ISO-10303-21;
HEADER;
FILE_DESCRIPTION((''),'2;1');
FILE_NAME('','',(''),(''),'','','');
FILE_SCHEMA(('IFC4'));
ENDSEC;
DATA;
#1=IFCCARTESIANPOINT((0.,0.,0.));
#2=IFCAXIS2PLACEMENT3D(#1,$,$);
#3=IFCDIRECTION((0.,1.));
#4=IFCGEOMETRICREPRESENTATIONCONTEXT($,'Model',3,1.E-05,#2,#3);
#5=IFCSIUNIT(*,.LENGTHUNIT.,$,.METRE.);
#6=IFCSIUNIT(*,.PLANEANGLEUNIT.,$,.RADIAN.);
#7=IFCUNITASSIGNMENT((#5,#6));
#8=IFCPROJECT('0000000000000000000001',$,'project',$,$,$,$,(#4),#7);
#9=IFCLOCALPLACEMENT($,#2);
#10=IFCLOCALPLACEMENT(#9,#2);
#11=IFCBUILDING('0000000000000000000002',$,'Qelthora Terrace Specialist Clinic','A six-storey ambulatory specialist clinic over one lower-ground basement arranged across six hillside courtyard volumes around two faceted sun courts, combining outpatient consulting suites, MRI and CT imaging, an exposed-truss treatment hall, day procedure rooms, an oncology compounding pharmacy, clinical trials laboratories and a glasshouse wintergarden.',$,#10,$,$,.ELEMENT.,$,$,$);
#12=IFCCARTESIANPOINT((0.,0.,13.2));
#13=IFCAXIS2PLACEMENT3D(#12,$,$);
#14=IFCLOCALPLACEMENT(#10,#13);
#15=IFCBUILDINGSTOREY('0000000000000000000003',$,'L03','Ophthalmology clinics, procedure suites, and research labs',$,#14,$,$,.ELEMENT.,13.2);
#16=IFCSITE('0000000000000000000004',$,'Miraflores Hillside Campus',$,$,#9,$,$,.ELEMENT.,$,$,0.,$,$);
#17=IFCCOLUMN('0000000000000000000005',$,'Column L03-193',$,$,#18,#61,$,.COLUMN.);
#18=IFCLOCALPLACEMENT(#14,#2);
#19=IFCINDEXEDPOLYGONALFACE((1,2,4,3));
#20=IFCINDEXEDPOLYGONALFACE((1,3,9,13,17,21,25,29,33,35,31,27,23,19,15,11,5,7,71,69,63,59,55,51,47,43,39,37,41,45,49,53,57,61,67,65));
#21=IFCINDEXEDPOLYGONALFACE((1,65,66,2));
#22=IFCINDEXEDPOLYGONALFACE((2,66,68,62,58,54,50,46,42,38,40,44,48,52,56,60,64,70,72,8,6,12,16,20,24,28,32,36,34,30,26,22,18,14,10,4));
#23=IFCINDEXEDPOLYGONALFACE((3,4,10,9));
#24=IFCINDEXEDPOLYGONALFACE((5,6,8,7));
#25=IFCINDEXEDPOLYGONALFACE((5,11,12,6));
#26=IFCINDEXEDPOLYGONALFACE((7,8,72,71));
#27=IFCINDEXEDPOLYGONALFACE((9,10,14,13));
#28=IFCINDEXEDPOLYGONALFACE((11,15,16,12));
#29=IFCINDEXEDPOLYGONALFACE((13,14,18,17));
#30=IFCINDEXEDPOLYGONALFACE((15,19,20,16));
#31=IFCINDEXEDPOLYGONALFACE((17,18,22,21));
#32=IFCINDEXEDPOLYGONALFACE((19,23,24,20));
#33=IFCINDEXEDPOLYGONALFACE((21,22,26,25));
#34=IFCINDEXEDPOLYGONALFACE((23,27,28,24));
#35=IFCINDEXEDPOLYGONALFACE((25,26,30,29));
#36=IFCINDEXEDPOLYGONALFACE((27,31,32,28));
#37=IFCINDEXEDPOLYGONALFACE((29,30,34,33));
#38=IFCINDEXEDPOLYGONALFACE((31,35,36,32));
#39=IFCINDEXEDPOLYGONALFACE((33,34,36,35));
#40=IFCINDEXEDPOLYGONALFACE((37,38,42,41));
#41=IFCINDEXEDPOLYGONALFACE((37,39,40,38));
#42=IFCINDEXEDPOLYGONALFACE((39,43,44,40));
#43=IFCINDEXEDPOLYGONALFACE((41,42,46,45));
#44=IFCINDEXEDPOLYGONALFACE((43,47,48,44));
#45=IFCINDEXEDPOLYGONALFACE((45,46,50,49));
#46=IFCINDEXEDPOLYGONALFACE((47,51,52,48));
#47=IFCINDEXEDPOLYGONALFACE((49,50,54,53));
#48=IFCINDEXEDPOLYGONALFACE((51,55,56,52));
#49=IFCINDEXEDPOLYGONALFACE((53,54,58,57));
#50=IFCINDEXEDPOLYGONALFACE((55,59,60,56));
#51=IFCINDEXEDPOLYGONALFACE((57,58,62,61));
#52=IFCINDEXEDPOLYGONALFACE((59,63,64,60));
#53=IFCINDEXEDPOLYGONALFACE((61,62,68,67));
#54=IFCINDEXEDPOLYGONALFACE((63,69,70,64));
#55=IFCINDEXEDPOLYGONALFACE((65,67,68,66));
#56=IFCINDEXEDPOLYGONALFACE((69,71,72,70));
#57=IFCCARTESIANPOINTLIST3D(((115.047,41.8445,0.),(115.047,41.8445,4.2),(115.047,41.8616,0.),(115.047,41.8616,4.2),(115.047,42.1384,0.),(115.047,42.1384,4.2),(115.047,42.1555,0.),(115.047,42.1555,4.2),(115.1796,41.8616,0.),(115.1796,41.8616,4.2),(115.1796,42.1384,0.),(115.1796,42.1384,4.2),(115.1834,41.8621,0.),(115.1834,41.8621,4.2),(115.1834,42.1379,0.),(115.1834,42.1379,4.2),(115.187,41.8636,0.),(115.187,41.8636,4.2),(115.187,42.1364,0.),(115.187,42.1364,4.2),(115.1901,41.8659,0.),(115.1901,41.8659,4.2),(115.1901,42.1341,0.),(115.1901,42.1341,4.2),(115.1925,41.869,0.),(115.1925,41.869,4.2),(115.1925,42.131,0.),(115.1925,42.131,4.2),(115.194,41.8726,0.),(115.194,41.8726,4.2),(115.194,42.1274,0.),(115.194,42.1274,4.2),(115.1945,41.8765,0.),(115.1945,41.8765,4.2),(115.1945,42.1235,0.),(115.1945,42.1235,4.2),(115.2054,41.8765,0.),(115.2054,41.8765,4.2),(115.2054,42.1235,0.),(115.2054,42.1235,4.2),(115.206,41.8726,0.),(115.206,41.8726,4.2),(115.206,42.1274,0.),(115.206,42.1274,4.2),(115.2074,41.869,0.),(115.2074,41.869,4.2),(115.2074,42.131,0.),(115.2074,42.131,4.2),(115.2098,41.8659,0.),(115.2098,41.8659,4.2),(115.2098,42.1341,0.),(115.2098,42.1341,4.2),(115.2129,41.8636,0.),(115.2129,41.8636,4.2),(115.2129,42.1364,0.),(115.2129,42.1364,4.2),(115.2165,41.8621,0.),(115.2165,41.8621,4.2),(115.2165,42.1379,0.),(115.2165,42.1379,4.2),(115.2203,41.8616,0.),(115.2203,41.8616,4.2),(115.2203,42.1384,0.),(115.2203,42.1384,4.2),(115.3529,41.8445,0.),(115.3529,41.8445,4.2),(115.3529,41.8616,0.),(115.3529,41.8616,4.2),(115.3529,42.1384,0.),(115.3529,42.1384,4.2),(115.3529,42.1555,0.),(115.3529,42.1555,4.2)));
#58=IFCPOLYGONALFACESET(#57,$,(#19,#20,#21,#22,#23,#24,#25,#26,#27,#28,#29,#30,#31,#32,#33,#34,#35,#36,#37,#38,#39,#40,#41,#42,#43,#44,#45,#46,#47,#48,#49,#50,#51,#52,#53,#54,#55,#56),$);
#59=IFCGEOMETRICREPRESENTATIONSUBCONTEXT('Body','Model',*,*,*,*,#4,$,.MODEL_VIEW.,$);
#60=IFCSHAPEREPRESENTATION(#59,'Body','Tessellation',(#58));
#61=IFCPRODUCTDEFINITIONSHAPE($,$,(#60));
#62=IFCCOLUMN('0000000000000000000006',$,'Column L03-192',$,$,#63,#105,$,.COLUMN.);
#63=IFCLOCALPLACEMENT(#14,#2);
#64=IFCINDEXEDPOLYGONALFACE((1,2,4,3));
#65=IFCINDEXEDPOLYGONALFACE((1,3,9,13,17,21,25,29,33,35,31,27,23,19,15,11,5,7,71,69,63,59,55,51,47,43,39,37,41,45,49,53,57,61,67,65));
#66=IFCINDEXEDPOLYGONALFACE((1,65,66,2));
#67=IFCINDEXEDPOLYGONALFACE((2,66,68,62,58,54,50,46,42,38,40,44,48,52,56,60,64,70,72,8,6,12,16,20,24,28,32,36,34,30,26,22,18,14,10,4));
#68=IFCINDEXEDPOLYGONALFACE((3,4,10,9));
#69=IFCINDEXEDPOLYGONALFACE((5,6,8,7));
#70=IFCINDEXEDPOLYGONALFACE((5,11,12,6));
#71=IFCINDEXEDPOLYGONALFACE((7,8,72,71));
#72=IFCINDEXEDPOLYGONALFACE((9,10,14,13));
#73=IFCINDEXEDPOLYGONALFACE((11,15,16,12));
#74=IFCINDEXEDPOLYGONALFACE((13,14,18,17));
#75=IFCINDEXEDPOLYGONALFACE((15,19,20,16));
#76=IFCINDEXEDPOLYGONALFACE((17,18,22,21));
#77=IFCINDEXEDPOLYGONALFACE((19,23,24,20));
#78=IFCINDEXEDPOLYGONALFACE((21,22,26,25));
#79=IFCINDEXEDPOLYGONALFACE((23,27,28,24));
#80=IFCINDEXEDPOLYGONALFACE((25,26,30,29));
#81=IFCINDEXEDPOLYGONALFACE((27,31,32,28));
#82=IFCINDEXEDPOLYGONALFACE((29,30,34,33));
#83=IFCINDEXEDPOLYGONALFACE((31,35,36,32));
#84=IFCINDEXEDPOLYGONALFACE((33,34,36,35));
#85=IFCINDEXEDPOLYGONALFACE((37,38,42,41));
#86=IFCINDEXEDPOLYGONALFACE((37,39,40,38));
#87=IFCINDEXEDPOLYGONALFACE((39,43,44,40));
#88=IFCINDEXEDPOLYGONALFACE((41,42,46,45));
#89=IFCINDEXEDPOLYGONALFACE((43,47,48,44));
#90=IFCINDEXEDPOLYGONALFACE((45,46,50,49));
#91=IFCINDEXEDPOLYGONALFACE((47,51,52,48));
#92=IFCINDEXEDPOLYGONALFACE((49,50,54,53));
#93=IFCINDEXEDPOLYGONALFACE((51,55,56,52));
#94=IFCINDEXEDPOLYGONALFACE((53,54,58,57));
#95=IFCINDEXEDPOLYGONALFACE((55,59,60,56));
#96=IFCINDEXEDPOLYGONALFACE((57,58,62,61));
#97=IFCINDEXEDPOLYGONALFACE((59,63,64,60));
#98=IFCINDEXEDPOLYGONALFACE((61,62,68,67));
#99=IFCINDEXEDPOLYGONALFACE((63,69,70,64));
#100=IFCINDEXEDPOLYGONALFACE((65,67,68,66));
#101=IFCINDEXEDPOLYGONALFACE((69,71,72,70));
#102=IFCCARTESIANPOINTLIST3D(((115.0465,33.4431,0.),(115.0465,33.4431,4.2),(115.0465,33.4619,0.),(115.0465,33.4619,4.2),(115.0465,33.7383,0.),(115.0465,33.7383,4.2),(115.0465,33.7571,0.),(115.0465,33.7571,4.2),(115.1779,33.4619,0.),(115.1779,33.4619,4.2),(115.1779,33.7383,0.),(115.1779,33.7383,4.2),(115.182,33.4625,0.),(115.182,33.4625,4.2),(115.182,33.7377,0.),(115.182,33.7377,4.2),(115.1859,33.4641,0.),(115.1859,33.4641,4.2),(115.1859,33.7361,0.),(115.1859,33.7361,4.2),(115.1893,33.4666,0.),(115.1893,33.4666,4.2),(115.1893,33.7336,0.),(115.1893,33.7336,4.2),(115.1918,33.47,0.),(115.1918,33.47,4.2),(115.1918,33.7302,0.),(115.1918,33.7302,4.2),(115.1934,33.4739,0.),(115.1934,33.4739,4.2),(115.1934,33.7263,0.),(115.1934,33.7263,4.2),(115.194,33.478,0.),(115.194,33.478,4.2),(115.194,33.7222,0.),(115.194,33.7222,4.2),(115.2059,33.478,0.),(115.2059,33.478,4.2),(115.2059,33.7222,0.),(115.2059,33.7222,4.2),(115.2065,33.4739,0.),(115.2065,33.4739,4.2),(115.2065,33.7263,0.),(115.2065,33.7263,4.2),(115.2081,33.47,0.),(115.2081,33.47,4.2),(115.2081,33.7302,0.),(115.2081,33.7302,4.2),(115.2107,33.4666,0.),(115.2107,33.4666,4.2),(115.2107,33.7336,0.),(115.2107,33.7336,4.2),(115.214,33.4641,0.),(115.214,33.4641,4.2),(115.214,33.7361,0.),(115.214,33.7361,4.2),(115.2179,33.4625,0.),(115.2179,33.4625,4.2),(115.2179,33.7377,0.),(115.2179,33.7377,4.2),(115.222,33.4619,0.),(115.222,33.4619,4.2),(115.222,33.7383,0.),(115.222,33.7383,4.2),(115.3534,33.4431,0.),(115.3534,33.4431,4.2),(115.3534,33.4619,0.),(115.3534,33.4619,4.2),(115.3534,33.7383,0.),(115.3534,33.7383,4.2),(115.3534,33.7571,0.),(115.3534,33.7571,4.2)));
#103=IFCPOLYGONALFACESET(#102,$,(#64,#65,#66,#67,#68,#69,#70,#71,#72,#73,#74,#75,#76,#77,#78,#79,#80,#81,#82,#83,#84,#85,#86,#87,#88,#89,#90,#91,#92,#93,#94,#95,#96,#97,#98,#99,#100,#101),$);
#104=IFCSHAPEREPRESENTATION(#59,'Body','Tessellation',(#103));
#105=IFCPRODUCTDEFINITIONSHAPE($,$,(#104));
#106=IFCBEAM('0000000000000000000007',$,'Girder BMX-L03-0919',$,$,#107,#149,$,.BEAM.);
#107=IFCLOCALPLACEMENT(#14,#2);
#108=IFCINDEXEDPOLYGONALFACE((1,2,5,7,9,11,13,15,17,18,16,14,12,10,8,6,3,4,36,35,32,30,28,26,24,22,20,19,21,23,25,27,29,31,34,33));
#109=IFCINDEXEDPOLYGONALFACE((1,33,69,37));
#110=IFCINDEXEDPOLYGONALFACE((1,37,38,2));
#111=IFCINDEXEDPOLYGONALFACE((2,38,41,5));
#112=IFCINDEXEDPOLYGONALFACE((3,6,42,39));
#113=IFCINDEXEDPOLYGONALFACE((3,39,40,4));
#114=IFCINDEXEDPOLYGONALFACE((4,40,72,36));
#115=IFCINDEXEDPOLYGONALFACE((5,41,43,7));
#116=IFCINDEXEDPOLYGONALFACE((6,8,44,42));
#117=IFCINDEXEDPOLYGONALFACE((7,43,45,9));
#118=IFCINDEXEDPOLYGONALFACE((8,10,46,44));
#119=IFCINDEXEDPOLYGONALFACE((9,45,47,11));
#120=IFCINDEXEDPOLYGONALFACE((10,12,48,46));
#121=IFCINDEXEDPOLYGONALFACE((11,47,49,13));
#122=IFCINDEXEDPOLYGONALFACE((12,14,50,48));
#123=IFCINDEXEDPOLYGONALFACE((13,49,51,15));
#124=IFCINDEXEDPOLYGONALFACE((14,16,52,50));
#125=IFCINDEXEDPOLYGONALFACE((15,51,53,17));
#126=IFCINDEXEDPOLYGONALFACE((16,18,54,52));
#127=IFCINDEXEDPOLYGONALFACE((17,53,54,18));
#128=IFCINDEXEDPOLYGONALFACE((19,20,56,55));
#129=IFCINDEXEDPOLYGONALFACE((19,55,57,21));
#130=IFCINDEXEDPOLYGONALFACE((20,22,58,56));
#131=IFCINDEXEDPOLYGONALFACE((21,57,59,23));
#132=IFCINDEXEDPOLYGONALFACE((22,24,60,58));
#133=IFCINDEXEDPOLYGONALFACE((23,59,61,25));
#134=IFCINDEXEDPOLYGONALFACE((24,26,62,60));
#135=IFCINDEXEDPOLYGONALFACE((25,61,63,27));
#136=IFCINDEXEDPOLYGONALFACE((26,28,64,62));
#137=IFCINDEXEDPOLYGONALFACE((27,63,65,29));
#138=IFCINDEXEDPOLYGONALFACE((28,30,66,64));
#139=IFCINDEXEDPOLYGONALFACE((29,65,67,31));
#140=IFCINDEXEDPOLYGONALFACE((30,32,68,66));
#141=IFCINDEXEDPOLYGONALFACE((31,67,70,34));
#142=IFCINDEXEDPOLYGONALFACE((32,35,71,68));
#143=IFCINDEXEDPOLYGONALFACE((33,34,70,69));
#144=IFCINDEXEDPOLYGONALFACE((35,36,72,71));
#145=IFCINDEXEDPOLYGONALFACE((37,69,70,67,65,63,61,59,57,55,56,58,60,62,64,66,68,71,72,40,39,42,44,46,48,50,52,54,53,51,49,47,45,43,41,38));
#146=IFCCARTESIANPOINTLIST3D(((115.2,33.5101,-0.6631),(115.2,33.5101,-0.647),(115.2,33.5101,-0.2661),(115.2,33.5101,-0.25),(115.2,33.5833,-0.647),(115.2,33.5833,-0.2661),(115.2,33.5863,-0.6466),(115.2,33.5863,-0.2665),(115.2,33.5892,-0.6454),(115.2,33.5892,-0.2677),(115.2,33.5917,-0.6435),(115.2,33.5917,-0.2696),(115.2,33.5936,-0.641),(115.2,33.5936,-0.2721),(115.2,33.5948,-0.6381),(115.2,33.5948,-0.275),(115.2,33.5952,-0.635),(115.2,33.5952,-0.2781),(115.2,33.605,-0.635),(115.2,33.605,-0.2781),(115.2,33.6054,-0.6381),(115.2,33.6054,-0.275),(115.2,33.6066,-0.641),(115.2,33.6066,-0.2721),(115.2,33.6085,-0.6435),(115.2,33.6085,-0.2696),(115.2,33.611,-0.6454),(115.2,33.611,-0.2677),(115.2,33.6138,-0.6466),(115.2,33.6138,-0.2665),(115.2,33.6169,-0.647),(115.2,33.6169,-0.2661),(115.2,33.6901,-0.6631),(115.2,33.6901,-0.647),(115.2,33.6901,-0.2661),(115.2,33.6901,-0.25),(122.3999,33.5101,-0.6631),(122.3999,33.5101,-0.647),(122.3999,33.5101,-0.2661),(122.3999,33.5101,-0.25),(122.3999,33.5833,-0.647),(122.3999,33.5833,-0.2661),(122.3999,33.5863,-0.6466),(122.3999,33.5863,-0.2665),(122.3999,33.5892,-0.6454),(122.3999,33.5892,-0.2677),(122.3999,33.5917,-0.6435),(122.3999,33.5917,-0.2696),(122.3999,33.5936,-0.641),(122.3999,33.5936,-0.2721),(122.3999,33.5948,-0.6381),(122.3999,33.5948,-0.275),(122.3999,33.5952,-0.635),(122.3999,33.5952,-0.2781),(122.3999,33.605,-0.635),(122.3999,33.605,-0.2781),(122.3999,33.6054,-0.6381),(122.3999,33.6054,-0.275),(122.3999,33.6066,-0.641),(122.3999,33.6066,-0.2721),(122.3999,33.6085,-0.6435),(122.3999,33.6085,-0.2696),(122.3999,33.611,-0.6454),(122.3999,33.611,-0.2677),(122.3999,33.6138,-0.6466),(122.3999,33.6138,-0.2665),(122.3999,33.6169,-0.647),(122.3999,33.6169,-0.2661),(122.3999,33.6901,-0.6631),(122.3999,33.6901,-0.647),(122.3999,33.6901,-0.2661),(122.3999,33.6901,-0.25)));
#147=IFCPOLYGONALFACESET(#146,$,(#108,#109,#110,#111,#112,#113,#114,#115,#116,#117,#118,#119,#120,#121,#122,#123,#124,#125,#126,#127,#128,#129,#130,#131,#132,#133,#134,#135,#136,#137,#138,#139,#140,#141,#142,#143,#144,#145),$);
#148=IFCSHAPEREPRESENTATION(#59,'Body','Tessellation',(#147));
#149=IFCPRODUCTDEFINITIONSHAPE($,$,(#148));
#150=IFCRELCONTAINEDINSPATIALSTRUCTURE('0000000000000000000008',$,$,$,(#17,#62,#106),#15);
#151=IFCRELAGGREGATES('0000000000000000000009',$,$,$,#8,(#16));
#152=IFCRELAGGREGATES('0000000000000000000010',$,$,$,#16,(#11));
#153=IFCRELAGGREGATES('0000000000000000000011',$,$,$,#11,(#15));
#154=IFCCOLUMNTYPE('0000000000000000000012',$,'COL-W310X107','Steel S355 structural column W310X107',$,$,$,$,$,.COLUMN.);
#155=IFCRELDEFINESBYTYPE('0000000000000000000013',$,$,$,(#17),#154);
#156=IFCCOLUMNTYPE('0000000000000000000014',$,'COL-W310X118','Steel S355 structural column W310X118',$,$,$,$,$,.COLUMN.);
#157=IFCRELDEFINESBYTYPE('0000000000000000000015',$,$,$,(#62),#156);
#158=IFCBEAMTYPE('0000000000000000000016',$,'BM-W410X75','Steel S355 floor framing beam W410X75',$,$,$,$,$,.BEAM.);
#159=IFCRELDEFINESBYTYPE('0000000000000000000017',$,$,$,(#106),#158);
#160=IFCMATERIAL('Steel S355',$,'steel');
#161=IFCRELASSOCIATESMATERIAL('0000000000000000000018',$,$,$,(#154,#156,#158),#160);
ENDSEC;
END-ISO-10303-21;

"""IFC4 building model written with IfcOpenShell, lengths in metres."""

from ifc_helpers import new_model, si_unit, direction, frame, origin, origin_2d, place, context, subcontext, project, spatial, i_section, extrude, material, material_profile, profile_set, type_object, element, save


model = new_model("IFC4")

# Units and contexts
model_context = context("Model", 3, precision=1e-05, world=origin(), true_north=direction((0.0, 1.0)))
body_context = subcontext(model_context, "Body", "Model", "MODEL_VIEW")
ifc_project = project(units=[si_unit("LENGTHUNIT", "METRE"), si_unit("PLANEANGLEUNIT", "RADIAN")], contexts=[model_context])

# Site, building, storey
site_placement = place(None, origin())
site = spatial("IfcSite", under=ifc_project, at=site_placement, Name="Miraflores Hillside Campus", CompositionType="ELEMENT", RefElevation=0.0)
building_placement = place(site_placement, origin())
building = spatial("IfcBuilding", under=site, at=building_placement, Name="Qelthora Terrace Specialist Clinic", Description="A six-storey ambulatory specialist clinic over one lower-ground basement arranged across six hillside courtyard volumes around two faceted sun courts, combining outpatient consulting suites, MRI and CT imaging, an exposed-truss treatment hall, day procedure rooms, an oncology compounding pharmacy, clinical trials laboratories and a glasshouse wintergarden.", CompositionType="ELEMENT")
storey_placement = place(building_placement, frame((0.0, 0.0, 13.2)))
storey = spatial("IfcBuildingStorey", under=building, at=storey_placement, Name="L03", Description="Ophthalmology clinics, procedure suites, and research labs", CompositionType="ELEMENT", Elevation=13.2)

# Columns
ifc_material_1 = material(Name="Steel S355", Category="steel")
ifc_material_profile_1 = material_profile(ifc_material_1, i_section(OverallWidth=0.3059, OverallDepth=0.311, WebThickness=0.011, FlangeThickness=0.0171, FilletRadius=0.0149, at=origin_2d()), Name="W310X107")
ifc_profile_set_1 = profile_set([ifc_material_profile_1], Name="Steel S355")
column_type_1 = type_object("IfcColumnType", Name="COL-W310X107", Description="Steel S355 structural column W310X107", PredefinedType="COLUMN", material=ifc_profile_set_1)
column_1_placement = place(storey_placement, frame((115.2, 42.0, 0.0), z_axis=(0.0, 0.0, 1.0), x_axis=(1.0, 0.0, 0.0)))
element("IfcColumn", 1, at=column_1_placement, inside=storey, type_object=column_type_1, Name="Column L03-193", PredefinedType="COLUMN", context=body_context, shape_type="SweptSolid", body=[
    extrude(i_section(OverallWidth=0.3059, OverallDepth=0.311, WebThickness=0.011, FlangeThickness=0.0171, FilletRadius=0.0149, at=origin_2d()), origin(), (0.0, 0.0, 1.0), 4.2),
])
ifc_material_profile_2 = material_profile(ifc_material_1, i_section(OverallWidth=0.3069, OverallDepth=0.314, WebThickness=0.012, FlangeThickness=0.0188, FilletRadius=0.0161, at=origin_2d()), Name="W310X118")
ifc_profile_set_2 = profile_set([ifc_material_profile_2], Name="Steel S355")
column_type_2 = type_object("IfcColumnType", Name="COL-W310X118", Description="Steel S355 structural column W310X118", PredefinedType="COLUMN", material=ifc_profile_set_2)
column_2_placement = place(storey_placement, frame((115.2, 33.6001, 0.0), z_axis=(0.0, 0.0, 1.0), x_axis=(1.0, 0.0, 0.0)))
element("IfcColumn", 2, at=column_2_placement, inside=storey, type_object=column_type_2, Name="Column L03-192", PredefinedType="COLUMN", context=body_context, shape_type="SweptSolid", body=[
    extrude(i_section(OverallWidth=0.3069, OverallDepth=0.314, WebThickness=0.012, FlangeThickness=0.0188, FilletRadius=0.0161, at=origin_2d()), origin(), (0.0, 0.0, 1.0), 4.2),
])

# Beam
ifc_material_profile_3 = material_profile(ifc_material_1, i_section(OverallWidth=0.1799, OverallDepth=0.4131, WebThickness=0.0098, FlangeThickness=0.0161, FilletRadius=0.012, at=origin_2d()), Name="W410X75")
ifc_profile_set_3 = profile_set([ifc_material_profile_3], Name="Steel S355")
beam_type_1 = type_object("IfcBeamType", Name="BM-W410X75", Description="Steel S355 floor framing beam W410X75", PredefinedType="BEAM", material=ifc_profile_set_3)
beam_1_placement = place(storey_placement, frame((115.2, 33.6001, -0.4565), z_axis=(1.0, 0.0, 0.0), x_axis=(0.0, 1.0, 0.0)))
element("IfcBeam", 3, at=beam_1_placement, inside=storey, type_object=beam_type_1, Name="Girder BMX-L03-0919", PredefinedType="BEAM", context=body_context, shape_type="SweptSolid", body=[
    extrude(i_section(OverallWidth=0.1799, OverallDepth=0.4131, WebThickness=0.0098, FlangeThickness=0.0161, FilletRadius=0.012, at=origin_2d()), origin(), (0.0, 0.0, 1.0), 7.2),
])

save(model, "model.ifc")
